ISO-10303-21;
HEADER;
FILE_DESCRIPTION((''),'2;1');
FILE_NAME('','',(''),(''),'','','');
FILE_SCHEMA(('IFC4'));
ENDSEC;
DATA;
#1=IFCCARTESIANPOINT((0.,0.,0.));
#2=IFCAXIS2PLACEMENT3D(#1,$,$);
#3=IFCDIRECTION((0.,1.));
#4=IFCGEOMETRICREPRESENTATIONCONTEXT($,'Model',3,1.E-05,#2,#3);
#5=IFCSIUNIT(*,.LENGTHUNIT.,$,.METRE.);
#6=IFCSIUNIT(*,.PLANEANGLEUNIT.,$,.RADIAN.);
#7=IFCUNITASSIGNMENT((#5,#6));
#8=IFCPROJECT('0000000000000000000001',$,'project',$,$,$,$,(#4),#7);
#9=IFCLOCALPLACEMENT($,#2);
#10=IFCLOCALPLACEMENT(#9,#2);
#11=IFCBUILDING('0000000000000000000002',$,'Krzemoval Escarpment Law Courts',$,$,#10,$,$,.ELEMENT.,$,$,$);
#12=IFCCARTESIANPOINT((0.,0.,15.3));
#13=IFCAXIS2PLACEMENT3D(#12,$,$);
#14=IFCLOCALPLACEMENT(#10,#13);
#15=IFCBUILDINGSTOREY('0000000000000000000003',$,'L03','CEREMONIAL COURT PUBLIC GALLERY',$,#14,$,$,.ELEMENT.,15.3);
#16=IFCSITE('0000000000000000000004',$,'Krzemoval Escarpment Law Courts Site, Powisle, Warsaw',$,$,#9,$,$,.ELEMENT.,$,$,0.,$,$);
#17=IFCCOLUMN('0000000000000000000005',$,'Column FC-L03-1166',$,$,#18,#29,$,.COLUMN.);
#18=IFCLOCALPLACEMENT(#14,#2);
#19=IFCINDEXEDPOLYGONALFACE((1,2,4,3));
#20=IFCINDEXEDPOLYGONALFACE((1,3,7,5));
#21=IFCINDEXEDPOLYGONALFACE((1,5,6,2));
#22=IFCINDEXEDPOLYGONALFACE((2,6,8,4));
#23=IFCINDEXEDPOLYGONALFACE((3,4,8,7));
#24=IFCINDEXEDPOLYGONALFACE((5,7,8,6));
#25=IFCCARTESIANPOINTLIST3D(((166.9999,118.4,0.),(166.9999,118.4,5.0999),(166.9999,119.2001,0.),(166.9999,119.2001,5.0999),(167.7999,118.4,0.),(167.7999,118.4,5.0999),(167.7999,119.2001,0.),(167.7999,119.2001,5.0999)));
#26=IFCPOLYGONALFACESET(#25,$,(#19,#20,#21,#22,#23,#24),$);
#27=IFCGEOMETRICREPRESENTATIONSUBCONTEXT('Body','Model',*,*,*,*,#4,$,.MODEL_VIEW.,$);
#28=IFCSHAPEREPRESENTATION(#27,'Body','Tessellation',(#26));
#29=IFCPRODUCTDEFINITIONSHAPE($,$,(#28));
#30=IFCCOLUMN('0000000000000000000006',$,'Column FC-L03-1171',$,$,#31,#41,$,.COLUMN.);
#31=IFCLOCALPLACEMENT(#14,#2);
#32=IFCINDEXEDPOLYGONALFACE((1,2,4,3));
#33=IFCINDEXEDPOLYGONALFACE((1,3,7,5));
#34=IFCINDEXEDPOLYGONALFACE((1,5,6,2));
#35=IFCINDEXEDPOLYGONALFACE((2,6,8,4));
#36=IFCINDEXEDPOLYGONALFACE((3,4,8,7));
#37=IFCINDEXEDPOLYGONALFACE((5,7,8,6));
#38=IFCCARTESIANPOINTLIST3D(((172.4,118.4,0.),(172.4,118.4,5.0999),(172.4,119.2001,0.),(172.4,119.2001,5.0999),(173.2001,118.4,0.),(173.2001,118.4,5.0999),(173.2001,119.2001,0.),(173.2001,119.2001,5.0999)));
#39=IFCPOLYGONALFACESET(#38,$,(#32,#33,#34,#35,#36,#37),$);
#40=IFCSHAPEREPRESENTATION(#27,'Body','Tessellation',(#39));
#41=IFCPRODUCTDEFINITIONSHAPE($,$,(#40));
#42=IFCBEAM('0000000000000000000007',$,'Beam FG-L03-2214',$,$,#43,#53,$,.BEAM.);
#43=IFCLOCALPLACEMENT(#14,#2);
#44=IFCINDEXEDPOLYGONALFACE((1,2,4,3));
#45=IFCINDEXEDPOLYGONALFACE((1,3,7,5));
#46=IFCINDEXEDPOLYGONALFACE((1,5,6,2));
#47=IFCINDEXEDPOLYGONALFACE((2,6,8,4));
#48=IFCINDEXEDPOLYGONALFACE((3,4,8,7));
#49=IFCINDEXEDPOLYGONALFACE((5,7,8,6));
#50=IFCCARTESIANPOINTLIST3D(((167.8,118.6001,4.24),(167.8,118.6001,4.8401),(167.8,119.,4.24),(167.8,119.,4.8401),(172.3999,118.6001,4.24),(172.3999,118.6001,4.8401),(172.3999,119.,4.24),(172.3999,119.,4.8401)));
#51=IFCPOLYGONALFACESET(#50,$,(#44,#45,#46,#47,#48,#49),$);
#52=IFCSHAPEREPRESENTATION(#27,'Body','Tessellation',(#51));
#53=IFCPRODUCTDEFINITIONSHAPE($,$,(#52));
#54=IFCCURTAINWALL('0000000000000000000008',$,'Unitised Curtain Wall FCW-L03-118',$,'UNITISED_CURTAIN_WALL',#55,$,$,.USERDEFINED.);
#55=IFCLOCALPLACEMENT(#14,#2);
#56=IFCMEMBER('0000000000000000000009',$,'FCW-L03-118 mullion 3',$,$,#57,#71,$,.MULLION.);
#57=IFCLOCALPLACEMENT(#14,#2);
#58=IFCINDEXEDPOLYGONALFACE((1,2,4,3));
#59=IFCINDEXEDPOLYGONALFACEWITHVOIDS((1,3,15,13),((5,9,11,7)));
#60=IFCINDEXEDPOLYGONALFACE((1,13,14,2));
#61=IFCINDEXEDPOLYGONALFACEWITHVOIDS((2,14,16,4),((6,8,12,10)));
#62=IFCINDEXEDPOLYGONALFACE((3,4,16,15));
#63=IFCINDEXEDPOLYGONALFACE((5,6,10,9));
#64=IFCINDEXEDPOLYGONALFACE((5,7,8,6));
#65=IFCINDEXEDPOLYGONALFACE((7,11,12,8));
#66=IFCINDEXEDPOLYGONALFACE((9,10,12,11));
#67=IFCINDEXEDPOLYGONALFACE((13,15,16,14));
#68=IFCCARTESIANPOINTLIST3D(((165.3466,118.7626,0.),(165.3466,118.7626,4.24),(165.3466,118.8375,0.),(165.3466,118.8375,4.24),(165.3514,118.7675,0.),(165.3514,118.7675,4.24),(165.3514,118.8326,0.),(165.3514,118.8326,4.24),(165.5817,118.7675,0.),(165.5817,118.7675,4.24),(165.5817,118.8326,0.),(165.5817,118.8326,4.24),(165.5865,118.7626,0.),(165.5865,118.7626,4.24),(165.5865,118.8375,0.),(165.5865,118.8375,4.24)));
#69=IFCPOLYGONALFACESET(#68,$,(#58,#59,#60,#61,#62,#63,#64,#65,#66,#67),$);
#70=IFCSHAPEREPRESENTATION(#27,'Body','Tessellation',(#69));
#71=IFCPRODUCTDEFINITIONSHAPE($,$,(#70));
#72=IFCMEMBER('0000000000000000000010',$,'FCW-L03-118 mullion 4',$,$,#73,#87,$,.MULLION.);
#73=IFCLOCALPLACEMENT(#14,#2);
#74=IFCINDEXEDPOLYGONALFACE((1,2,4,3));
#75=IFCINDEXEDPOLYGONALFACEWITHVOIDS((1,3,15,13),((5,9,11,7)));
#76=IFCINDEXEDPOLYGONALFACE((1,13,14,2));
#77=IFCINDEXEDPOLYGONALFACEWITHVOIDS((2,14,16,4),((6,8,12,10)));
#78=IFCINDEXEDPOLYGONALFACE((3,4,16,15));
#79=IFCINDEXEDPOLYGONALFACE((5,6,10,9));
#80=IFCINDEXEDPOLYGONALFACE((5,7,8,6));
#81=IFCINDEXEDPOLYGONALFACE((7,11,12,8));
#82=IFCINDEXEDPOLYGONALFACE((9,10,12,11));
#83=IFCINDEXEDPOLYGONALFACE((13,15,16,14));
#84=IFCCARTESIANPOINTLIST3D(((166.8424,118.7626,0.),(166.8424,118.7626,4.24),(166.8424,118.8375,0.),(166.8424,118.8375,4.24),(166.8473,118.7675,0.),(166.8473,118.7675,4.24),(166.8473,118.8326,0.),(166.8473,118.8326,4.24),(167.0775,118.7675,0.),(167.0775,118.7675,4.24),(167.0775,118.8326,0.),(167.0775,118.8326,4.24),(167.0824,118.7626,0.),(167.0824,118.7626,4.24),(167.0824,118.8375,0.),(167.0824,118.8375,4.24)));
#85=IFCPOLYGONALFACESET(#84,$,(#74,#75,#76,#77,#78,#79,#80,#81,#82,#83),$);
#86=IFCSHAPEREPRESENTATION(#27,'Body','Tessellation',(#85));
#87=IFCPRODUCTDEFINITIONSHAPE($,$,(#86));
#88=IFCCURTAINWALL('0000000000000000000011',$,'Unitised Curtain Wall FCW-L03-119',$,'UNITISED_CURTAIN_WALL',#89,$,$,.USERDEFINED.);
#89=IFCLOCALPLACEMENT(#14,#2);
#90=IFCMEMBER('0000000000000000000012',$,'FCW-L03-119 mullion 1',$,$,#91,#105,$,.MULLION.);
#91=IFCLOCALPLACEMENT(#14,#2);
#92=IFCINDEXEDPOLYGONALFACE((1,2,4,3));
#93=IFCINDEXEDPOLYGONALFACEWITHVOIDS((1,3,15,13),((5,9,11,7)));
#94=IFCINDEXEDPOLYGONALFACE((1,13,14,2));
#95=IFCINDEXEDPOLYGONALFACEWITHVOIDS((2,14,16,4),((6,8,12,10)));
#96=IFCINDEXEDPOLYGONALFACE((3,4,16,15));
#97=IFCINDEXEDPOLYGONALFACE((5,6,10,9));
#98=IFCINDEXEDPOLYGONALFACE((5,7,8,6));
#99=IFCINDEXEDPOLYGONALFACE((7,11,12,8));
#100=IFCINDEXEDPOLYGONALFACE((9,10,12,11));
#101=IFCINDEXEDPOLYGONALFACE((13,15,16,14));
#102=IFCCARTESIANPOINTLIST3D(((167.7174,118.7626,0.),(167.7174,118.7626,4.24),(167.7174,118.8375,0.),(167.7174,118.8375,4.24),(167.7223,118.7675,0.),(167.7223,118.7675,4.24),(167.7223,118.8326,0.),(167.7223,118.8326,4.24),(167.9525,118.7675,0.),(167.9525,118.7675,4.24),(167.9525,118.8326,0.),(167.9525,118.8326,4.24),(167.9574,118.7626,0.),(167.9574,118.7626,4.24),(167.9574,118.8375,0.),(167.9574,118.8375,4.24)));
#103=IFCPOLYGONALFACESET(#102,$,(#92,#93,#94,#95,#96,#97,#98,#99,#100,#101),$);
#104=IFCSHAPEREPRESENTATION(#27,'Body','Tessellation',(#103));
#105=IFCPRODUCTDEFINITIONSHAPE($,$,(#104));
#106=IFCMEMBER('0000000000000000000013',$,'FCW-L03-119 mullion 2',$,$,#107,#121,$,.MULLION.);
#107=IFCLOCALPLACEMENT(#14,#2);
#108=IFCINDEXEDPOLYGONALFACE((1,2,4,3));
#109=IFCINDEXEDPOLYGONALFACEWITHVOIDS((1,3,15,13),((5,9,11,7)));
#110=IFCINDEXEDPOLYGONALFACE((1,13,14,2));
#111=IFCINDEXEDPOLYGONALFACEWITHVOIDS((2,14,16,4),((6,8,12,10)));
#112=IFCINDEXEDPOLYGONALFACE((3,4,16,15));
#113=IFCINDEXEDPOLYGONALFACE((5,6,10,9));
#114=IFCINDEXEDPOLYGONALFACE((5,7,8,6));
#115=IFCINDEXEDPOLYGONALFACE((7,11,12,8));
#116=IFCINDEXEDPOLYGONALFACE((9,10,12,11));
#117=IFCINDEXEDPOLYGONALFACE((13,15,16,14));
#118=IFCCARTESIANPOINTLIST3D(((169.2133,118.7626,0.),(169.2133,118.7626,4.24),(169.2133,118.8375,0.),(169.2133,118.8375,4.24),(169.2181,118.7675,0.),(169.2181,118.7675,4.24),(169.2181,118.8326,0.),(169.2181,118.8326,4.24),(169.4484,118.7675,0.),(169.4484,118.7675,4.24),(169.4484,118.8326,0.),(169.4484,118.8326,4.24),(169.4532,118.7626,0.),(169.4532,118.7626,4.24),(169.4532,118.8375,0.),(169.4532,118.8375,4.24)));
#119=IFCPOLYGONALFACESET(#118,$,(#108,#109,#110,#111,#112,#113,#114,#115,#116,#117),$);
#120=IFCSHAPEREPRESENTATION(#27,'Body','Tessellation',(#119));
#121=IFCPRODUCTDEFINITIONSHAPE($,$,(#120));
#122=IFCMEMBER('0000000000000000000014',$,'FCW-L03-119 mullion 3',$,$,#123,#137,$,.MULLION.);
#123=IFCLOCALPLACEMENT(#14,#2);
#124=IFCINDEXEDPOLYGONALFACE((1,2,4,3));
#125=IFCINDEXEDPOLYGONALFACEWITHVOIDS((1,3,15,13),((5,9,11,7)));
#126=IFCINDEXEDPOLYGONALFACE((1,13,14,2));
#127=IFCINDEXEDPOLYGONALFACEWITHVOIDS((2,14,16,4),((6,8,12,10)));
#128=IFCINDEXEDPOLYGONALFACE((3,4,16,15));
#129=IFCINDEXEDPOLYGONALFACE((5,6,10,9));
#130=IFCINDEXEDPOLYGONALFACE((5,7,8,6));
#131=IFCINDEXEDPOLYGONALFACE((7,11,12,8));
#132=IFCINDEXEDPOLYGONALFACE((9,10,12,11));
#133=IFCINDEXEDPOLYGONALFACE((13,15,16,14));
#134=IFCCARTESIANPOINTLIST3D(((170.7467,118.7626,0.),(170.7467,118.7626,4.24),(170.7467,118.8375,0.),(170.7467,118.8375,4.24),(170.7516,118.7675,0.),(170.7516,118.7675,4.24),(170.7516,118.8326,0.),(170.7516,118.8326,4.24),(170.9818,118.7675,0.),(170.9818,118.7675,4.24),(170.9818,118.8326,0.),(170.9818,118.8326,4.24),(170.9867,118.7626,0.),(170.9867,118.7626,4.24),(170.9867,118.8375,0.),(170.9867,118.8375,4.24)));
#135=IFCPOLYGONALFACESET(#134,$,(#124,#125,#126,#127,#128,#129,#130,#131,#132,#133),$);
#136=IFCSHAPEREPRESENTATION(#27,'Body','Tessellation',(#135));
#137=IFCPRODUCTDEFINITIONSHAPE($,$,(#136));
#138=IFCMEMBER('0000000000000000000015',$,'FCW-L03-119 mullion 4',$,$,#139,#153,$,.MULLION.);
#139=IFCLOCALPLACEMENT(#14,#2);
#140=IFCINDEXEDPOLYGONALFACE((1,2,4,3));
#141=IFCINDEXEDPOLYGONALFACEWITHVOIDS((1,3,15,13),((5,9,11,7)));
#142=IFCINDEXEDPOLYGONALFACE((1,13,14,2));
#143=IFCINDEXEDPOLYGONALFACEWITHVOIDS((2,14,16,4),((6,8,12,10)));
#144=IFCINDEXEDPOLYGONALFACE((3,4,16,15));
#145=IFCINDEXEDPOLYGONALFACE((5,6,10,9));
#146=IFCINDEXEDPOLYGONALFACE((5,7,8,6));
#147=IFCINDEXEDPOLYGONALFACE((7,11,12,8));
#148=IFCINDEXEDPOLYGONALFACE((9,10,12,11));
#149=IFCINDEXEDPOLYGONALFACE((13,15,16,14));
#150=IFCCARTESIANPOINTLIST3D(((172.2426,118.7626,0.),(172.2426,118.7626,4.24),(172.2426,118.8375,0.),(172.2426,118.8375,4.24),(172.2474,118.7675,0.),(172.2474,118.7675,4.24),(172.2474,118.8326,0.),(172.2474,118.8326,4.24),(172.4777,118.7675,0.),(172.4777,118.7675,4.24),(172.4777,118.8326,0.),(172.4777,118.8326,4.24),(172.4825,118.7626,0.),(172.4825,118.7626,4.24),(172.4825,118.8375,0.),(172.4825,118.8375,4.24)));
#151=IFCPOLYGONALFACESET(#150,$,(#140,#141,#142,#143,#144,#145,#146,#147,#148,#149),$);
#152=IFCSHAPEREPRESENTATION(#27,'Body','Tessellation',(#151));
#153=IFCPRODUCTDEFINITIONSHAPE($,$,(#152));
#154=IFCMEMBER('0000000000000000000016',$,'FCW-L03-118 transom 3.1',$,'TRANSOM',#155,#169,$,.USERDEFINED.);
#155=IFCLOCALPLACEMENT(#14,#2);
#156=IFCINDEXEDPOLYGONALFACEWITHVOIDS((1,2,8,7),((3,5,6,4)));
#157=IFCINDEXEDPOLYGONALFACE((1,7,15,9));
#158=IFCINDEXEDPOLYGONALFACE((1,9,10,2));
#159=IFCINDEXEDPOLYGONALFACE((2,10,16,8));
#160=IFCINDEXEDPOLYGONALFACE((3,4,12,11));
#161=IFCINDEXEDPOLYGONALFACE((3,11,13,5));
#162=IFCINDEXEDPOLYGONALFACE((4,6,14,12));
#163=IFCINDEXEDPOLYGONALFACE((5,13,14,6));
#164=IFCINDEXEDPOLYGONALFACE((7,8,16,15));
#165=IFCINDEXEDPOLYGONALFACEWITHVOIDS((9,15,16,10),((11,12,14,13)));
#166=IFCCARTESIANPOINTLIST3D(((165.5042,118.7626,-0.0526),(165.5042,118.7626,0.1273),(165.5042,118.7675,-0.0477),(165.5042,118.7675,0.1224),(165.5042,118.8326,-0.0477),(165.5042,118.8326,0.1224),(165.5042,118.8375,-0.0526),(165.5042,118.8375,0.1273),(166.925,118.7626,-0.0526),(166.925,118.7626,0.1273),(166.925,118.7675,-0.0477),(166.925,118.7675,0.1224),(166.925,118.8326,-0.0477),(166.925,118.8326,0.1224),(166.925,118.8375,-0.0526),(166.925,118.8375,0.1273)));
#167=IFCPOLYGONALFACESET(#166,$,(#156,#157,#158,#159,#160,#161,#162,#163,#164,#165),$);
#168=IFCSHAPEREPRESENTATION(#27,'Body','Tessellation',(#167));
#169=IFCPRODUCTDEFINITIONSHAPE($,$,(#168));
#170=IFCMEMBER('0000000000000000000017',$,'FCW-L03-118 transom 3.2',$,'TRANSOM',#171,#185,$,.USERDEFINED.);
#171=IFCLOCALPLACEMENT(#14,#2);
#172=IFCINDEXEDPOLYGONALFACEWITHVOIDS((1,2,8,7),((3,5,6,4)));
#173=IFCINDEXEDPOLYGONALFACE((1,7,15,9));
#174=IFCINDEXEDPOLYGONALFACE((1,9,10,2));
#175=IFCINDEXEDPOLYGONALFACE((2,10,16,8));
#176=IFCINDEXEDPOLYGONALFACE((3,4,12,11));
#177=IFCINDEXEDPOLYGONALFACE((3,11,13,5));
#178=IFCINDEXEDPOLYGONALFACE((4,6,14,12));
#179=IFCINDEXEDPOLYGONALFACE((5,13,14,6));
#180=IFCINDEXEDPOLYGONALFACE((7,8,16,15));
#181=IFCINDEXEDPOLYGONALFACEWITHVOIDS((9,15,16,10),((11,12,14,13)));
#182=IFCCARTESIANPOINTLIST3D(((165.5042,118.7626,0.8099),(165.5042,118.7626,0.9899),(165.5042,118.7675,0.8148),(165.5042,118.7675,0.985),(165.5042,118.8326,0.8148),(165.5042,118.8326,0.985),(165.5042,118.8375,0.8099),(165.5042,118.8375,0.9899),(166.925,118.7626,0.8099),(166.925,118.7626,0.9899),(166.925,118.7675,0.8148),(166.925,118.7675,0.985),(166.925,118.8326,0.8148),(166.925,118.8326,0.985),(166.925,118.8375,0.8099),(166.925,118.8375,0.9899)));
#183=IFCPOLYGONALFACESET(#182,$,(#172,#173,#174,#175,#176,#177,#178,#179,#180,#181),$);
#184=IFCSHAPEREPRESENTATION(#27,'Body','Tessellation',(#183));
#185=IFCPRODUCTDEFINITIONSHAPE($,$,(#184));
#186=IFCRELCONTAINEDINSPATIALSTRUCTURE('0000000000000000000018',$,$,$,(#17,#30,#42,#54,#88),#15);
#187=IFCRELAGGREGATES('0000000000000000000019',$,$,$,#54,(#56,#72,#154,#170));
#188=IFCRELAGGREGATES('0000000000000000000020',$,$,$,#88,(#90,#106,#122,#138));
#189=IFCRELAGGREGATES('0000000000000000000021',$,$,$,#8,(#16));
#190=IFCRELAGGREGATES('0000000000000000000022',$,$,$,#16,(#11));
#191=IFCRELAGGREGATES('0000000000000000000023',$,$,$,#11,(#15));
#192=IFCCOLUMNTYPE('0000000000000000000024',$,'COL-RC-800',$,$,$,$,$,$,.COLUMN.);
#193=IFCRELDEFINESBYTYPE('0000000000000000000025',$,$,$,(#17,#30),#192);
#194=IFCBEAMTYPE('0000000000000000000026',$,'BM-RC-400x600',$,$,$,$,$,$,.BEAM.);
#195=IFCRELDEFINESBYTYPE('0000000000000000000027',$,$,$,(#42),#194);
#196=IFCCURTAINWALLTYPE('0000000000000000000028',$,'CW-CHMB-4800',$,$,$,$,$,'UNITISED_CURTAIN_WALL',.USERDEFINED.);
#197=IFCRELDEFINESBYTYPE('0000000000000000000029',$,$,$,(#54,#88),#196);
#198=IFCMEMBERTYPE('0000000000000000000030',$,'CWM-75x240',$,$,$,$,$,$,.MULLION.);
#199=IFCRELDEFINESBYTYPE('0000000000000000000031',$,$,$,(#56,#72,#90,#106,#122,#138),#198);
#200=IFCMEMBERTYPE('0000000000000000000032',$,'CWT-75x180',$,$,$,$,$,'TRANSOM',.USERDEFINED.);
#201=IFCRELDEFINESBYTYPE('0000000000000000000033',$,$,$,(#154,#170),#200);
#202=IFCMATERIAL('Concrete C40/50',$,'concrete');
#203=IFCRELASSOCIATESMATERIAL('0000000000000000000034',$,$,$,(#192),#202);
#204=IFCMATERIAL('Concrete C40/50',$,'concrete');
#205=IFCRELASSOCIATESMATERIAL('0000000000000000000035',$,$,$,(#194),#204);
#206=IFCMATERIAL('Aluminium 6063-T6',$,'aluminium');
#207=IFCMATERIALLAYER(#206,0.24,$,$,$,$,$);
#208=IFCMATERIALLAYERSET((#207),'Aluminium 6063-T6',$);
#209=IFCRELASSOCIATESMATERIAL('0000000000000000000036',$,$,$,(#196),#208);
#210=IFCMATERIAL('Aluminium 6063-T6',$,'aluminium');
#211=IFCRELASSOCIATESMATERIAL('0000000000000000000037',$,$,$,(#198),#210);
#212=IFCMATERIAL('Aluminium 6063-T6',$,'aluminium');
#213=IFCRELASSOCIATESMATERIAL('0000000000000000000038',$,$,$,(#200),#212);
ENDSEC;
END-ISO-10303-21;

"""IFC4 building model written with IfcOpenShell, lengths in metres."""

from ifc_helpers import new_model, si_unit, direction, frame, origin, origin_2d, place, context, subcontext, project, spatial, rectangle, hollow_rectangle, extrude, material, layer, layer_set, material_profile, profile_set, type_object, element, aggregate, save


model = new_model("IFC4")

# Units and contexts
model_context = context("Model", 3, precision=1e-05, world=origin(), true_north=direction((0.0, 1.0)))
body_context = subcontext(model_context, "Body", "Model", "MODEL_VIEW")
ifc_project = project(units=[si_unit("LENGTHUNIT", "METRE"), si_unit("PLANEANGLEUNIT", "RADIAN")], contexts=[model_context])

# Site, building, storey
site_placement = place(None, origin())
site = spatial("IfcSite", under=ifc_project, at=site_placement, Name="Krzemoval Escarpment Law Courts Site, Powisle, Warsaw", CompositionType="ELEMENT", RefElevation=0.0)
building_placement = place(site_placement, origin())
building = spatial("IfcBuilding", under=site, at=building_placement, Name="Krzemoval Escarpment Law Courts", CompositionType="ELEMENT")
storey_placement = place(building_placement, frame((0.0, 0.0, 15.3)))
storey = spatial("IfcBuildingStorey", under=building, at=storey_placement, Name="L03", Description="CEREMONIAL COURT PUBLIC GALLERY", CompositionType="ELEMENT", Elevation=15.3)

# Columns
ifc_material_1 = material(Name="Concrete C40/50", Category="concrete")
ifc_material_profile_1 = material_profile(ifc_material_1, rectangle(XDim=0.8, YDim=0.8, at=origin_2d()), Name="RC 800x800")
ifc_profile_set_1 = profile_set([ifc_material_profile_1], Name="Concrete C40/50")
column_type = type_object("IfcColumnType", Name="COL-RC-800", PredefinedType="COLUMN", material=ifc_profile_set_1)
for number, where, z_axis, x_axis, name in (
    (1, (167.3999, 118.8, 0.0), (0.0, 0.0, 1.0), (1.0, 0.0, 0.0), "Column FC-L03-1166"),
    (2, (172.8, 118.8, 0.0), (0.0, 0.0, 1.0), (1.0, 0.0, 0.0), "Column FC-L03-1171"),
):
    element("IfcColumn", number, at=place(storey_placement, frame(where, z_axis=z_axis, x_axis=x_axis)), inside=storey, type_object=column_type, Name=name, PredefinedType="COLUMN", context=body_context, shape_type="SweptSolid", body=[
        extrude(rectangle(XDim=0.8, YDim=0.8, at=origin_2d()), origin(), (0.0, 0.0, 1.0), 5.0999),
    ])

# Beam
ifc_material_2 = material(Name="Concrete C40/50", Category="concrete")
ifc_material_profile_2 = material_profile(ifc_material_2, rectangle(XDim=0.3999, YDim=0.6001, at=origin_2d()), Name="RCB 400x600")
ifc_profile_set_2 = profile_set([ifc_material_profile_2], Name="Concrete C40/50")
beam_type = type_object("IfcBeamType", Name="BM-RC-400x600", PredefinedType="BEAM", material=ifc_profile_set_2)
beam_placement = place(storey_placement, frame((167.8, 118.8, 4.54), z_axis=(1.0, 0.0, 0.0), x_axis=(0.0, 1.0, 0.0)))
element("IfcBeam", 3, at=beam_placement, inside=storey, type_object=beam_type, Name="Beam FG-L03-2214", PredefinedType="BEAM", context=body_context, shape_type="SweptSolid", body=[
    extrude(rectangle(XDim=0.3999, YDim=0.6001, at=origin_2d()), origin(), (0.0, 0.0, 1.0), 4.5999),
])

# Curtain walls, members
ifc_material_3 = material(Name="Aluminium 6063-T6", Category="aluminium")
ifc_layer_1 = layer(ifc_material_3, 0.24)
ifc_layer_set_1 = layer_set([ifc_layer_1], Name="Aluminium 6063-T6")
curtain_wall_type = type_object("IfcCurtainWallType", Name="CW-CHMB-4800", ElementType="UNITISED_CURTAIN_WALL", PredefinedType="USERDEFINED", material=ifc_layer_set_1)
curtain_wall_1_placement = place(storey_placement, origin())
curtain_wall_1 = element("IfcCurtainWall", 4, at=curtain_wall_1_placement, inside=storey, type_object=curtain_wall_type, Name="Unitised Curtain Wall FCW-L03-118", ObjectType="UNITISED_CURTAIN_WALL", PredefinedType="USERDEFINED")
ifc_material_4 = material(Name="Aluminium 6063-T6", Category="aluminium")
ifc_material_profile_3 = material_profile(ifc_material_4, hollow_rectangle(XDim=0.075, YDim=0.24, WallThickness=0.0049, at=origin_2d()), Name="ALU M75x240")
ifc_profile_set_3 = profile_set([ifc_material_profile_3], Name="Aluminium 6063-T6")
member_type_1 = type_object("IfcMemberType", Name="CWM-75x240", PredefinedType="MULLION", material=ifc_profile_set_3)
member_1_placement = place(storey_placement, frame((165.4666, 118.8, 0.0), z_axis=(0.0, 0.0, 1.0), x_axis=(0.0, 1.0, 0.0)))
member_1 = element("IfcMember", 5, at=member_1_placement, type_object=member_type_1, Name="FCW-L03-118 mullion 3", PredefinedType="MULLION", context=body_context, shape_type="SweptSolid", body=[
    extrude(hollow_rectangle(XDim=0.075, YDim=0.24, WallThickness=0.0049, at=origin_2d()), origin(), (0.0, 0.0, 1.0), 4.24),
])
member_2_placement = place(storey_placement, frame((166.9624, 118.8, 0.0), z_axis=(0.0, 0.0, 1.0), x_axis=(0.0, 1.0, 0.0)))
member_2 = element("IfcMember", 6, at=member_2_placement, type_object=member_type_1, Name="FCW-L03-118 mullion 4", PredefinedType="MULLION", context=body_context, shape_type="SweptSolid", body=[
    extrude(hollow_rectangle(XDim=0.075, YDim=0.24, WallThickness=0.0049, at=origin_2d()), origin(), (0.0, 0.0, 1.0), 4.24),
])
curtain_wall_2_placement = place(storey_placement, origin())
curtain_wall_2 = element("IfcCurtainWall", 7, at=curtain_wall_2_placement, inside=storey, type_object=curtain_wall_type, Name="Unitised Curtain Wall FCW-L03-119", ObjectType="UNITISED_CURTAIN_WALL", PredefinedType="USERDEFINED")
member_3_placement = place(storey_placement, frame((167.8374, 118.8, 0.0), z_axis=(0.0, 0.0, 1.0), x_axis=(0.0, 1.0, 0.0)))
member_3 = element("IfcMember", 8, at=member_3_placement, type_object=member_type_1, Name="FCW-L03-119 mullion 1", PredefinedType="MULLION", context=body_context, shape_type="SweptSolid", body=[
    extrude(hollow_rectangle(XDim=0.075, YDim=0.24, WallThickness=0.0049, at=origin_2d()), origin(), (0.0, 0.0, 1.0), 4.24),
])
member_4_placement = place(storey_placement, frame((169.3333, 118.8, 0.0), z_axis=(0.0, 0.0, 1.0), x_axis=(0.0, 1.0, 0.0)))
member_4 = element("IfcMember", 9, at=member_4_placement, type_object=member_type_1, Name="FCW-L03-119 mullion 2", PredefinedType="MULLION", context=body_context, shape_type="SweptSolid", body=[
    extrude(hollow_rectangle(XDim=0.075, YDim=0.24, WallThickness=0.0049, at=origin_2d()), origin(), (0.0, 0.0, 1.0), 4.24),
])
member_5_placement = place(storey_placement, frame((170.8667, 118.8, 0.0), z_axis=(0.0, 0.0, 1.0), x_axis=(0.0, 1.0, 0.0)))
member_5 = element("IfcMember", 10, at=member_5_placement, type_object=member_type_1, Name="FCW-L03-119 mullion 3", PredefinedType="MULLION", context=body_context, shape_type="SweptSolid", body=[
    extrude(hollow_rectangle(XDim=0.075, YDim=0.24, WallThickness=0.0049, at=origin_2d()), origin(), (0.0, 0.0, 1.0), 4.24),
])
member_6_placement = place(storey_placement, frame((172.3625, 118.8, 0.0), z_axis=(0.0, 0.0, 1.0), x_axis=(0.0, 1.0, 0.0)))
member_6 = element("IfcMember", 11, at=member_6_placement, type_object=member_type_1, Name="FCW-L03-119 mullion 4", PredefinedType="MULLION", context=body_context, shape_type="SweptSolid", body=[
    extrude(hollow_rectangle(XDim=0.075, YDim=0.24, WallThickness=0.0049, at=origin_2d()), origin(), (0.0, 0.0, 1.0), 4.24),
])

# Members
ifc_material_5 = material(Name="Aluminium 6063-T6", Category="aluminium")
ifc_material_profile_4 = material_profile(ifc_material_5, hollow_rectangle(XDim=0.075, YDim=0.1799, WallThickness=0.0049, at=origin_2d()), Name="ALU T75x180")
ifc_profile_set_4 = profile_set([ifc_material_profile_4], Name="Aluminium 6063-T6")
member_type_2 = type_object("IfcMemberType", Name="CWT-75x180", ElementType="TRANSOM", PredefinedType="USERDEFINED", material=ifc_profile_set_4)
member_7_placement = place(storey_placement, frame((165.5042, 118.8, 0.0374), z_axis=(1.0, 0.0, 0.0), x_axis=(0.0, 1.0, 0.0)))
member_7 = element("IfcMember", 12, at=member_7_placement, type_object=member_type_2, Name="FCW-L03-118 transom 3.1", ObjectType="TRANSOM", PredefinedType="USERDEFINED", context=body_context, shape_type="SweptSolid", body=[
    extrude(hollow_rectangle(XDim=0.075, YDim=0.1799, WallThickness=0.0049, at=origin_2d()), origin(), (0.0, 0.0, 1.0), 1.4209),
])
member_8_placement = place(storey_placement, frame((165.5042, 118.8, 0.8999), z_axis=(1.0, 0.0, 0.0), x_axis=(0.0, 1.0, 0.0)))
member_8 = element("IfcMember", 13, at=member_8_placement, type_object=member_type_2, Name="FCW-L03-118 transom 3.2", ObjectType="TRANSOM", PredefinedType="USERDEFINED", context=body_context, shape_type="SweptSolid", body=[
    extrude(hollow_rectangle(XDim=0.075, YDim=0.1799, WallThickness=0.0049, at=origin_2d()), origin(), (0.0, 0.0, 1.0), 1.4209),
])

aggregate(curtain_wall_1, [member_1, member_2, member_7, member_8])
aggregate(curtain_wall_2, [member_3, member_4, member_5, member_6])

save(model, "model.ifc")
